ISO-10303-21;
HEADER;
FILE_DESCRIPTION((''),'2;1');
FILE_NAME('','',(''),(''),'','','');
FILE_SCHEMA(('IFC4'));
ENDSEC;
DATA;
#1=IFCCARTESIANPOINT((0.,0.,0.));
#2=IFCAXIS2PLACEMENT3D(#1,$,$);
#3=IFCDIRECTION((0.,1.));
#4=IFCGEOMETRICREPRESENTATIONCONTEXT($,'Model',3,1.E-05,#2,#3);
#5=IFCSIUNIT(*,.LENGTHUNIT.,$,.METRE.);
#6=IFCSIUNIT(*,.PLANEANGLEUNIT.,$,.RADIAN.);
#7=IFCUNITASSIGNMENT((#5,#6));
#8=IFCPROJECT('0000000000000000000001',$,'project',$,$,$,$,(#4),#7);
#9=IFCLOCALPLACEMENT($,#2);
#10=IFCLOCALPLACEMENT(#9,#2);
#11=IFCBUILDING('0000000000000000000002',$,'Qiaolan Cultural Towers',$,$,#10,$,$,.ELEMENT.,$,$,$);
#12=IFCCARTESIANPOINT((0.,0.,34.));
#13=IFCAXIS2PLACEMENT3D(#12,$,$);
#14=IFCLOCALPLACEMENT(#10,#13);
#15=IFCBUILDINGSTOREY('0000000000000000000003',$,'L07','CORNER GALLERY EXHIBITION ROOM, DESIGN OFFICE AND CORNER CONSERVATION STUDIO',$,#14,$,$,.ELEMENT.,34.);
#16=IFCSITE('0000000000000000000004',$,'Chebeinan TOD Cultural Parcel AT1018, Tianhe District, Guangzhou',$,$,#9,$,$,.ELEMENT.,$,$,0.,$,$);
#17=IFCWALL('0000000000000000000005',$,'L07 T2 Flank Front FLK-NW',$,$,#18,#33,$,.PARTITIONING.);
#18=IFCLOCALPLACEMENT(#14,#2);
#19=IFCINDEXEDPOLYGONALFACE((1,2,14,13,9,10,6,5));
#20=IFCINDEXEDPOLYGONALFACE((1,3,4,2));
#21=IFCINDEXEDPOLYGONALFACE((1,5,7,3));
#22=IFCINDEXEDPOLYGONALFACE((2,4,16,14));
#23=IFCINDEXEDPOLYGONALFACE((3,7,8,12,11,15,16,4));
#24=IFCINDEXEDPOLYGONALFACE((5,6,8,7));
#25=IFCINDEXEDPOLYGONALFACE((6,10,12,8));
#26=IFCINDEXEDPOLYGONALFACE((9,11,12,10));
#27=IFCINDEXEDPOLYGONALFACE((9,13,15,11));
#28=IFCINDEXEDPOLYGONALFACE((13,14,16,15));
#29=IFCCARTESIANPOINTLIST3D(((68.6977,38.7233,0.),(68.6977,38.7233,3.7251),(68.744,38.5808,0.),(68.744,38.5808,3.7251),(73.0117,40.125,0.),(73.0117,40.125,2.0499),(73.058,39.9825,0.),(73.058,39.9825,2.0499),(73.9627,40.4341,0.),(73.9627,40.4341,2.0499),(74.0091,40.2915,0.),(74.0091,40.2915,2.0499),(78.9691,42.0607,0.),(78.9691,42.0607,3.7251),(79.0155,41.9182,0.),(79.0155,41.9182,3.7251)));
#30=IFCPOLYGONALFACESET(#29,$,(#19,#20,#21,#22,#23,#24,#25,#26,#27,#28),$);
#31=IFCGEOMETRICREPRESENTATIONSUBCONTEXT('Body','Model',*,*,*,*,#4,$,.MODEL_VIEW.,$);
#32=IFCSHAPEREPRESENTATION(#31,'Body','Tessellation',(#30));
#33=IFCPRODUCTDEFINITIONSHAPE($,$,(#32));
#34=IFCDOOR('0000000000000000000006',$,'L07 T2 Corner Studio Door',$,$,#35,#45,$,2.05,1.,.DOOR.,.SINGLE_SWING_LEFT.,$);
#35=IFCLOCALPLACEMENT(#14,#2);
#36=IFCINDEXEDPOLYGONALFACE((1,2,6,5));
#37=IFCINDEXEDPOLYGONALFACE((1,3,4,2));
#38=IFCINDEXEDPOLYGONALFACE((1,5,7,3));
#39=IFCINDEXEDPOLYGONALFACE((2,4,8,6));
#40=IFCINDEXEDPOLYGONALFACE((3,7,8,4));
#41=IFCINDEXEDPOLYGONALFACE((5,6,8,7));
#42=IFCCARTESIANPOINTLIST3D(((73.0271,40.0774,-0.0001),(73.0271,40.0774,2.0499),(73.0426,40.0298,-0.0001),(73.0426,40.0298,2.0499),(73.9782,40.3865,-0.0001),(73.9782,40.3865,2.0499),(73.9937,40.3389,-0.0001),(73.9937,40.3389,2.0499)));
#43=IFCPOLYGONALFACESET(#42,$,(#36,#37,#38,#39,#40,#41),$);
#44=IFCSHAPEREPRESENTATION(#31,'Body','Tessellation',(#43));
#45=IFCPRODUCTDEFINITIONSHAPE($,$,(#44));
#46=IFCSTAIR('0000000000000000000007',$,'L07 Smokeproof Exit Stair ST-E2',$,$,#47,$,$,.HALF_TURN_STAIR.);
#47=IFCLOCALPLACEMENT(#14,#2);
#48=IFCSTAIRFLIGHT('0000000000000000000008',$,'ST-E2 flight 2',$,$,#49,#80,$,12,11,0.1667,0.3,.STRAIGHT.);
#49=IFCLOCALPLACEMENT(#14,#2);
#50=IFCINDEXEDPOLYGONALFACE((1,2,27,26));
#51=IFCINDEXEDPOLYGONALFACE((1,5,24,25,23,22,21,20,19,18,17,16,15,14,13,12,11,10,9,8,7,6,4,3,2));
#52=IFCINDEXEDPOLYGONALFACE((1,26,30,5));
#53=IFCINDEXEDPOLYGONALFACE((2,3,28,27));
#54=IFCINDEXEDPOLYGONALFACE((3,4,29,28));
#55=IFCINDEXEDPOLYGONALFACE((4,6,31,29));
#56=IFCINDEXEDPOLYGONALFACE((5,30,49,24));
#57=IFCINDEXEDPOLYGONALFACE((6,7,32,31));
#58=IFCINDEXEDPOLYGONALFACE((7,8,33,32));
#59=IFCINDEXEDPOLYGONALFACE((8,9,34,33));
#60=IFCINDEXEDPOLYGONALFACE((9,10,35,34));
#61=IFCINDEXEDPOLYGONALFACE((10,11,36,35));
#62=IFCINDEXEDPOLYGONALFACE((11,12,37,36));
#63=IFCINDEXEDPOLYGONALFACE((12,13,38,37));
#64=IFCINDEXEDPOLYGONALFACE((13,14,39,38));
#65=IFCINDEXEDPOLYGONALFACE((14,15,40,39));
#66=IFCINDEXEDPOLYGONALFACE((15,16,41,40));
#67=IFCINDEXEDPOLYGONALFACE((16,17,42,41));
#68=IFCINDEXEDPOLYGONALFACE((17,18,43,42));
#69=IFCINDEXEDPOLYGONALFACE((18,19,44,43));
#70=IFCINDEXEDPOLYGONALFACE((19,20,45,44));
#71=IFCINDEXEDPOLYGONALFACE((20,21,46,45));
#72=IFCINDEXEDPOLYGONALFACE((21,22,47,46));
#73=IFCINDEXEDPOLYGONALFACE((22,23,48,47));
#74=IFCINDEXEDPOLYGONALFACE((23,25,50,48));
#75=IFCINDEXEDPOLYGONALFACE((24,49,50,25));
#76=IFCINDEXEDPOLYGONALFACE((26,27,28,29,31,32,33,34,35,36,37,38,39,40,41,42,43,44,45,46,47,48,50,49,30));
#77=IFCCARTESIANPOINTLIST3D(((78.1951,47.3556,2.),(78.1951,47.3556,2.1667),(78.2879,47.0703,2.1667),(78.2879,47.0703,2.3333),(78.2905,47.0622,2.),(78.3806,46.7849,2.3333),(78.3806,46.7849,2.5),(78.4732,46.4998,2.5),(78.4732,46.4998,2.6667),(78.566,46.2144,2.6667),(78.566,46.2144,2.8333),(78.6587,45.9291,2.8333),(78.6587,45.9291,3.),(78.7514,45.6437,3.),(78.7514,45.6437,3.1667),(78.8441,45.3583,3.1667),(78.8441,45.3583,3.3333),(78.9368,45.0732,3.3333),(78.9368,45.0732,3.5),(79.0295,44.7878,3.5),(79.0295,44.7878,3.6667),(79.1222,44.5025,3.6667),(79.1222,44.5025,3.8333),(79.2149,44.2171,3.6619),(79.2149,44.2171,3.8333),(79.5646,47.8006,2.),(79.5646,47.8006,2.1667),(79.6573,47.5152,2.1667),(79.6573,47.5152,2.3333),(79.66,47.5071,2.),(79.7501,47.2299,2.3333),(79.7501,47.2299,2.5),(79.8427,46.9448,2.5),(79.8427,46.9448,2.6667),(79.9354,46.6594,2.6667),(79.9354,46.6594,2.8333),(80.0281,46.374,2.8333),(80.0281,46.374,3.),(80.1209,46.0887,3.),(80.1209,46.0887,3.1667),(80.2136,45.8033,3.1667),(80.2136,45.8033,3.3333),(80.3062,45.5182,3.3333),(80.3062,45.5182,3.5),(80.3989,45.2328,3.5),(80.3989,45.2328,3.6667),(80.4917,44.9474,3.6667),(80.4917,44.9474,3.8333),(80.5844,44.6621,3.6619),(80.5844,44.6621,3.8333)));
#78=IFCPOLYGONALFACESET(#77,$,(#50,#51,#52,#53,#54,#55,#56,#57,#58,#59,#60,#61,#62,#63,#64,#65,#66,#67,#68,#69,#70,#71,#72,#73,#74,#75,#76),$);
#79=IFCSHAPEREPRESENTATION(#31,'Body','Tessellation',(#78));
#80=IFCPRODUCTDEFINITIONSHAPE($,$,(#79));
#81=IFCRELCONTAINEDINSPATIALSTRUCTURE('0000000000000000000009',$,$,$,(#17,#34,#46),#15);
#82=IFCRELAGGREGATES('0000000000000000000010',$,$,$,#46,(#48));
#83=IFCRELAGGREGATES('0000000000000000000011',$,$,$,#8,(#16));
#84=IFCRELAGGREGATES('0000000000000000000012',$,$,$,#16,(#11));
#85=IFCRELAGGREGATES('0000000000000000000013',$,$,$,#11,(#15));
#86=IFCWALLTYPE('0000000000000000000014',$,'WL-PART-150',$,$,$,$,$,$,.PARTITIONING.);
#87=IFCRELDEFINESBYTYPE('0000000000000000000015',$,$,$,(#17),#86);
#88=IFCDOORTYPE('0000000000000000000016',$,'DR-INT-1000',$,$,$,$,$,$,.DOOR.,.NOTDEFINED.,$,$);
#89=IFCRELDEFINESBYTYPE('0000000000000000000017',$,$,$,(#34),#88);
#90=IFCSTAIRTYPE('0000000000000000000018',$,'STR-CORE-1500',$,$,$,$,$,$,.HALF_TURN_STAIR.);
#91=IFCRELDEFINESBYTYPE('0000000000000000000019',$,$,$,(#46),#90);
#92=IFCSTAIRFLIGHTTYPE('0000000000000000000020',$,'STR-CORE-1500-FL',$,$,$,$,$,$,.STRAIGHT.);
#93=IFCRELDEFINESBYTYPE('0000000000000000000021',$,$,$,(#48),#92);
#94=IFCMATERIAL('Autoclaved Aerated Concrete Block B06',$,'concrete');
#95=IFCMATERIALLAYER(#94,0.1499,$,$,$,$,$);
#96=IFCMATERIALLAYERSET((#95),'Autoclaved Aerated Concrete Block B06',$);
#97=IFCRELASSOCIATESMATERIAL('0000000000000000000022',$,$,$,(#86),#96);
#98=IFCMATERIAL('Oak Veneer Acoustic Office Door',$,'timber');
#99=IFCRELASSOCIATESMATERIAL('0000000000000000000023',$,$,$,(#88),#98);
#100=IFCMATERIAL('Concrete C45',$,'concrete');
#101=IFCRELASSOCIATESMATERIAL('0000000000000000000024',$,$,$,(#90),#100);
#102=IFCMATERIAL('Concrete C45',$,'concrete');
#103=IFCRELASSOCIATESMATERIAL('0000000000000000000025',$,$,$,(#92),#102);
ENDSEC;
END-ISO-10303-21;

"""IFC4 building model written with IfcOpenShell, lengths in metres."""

from ifc_helpers import new_model, si_unit, direction, frame, frame_2d, origin, place, context, subcontext, project, spatial, polyline, rectangle, outline, extrude, material, layer, layer_set, type_object, element, fill, aggregate, save


model = new_model("IFC4")

# Units and contexts
model_context = context("Model", 3, precision=1e-05, world=origin(), true_north=direction((0.0, 1.0)))
body_context = subcontext(model_context, "Body", "Model", "MODEL_VIEW")
ifc_project = project(units=[si_unit("LENGTHUNIT", "METRE"), si_unit("PLANEANGLEUNIT", "RADIAN")], contexts=[model_context])

# Site, building, storey
site_placement = place(None, origin())
site = spatial("IfcSite", under=ifc_project, at=site_placement, Name="Chebeinan TOD Cultural Parcel AT1018, Tianhe District, Guangzhou", CompositionType="ELEMENT", RefElevation=0.0)
building_placement = place(site_placement, origin())
building = spatial("IfcBuilding", under=site, at=building_placement, Name="Qiaolan Cultural Towers", CompositionType="ELEMENT")
storey_placement = place(building_placement, frame((0.0, 0.0, 34.0)))
storey = spatial("IfcBuildingStorey", under=building, at=storey_placement, Name="L07", Description="CORNER GALLERY EXHIBITION ROOM, DESIGN OFFICE AND CORNER CONSERVATION STUDIO", CompositionType="ELEMENT", Elevation=34.0)

# Shared definitions
ifc_material_1 = material(Name="Autoclaved Aerated Concrete Block B06", Category="concrete")
ifc_layer_1 = layer(ifc_material_1, 0.1499)
ifc_layer_set_1 = layer_set([ifc_layer_1], Name="Autoclaved Aerated Concrete Block B06")
wall_type_1 = type_object("IfcWallType", Name="WL-PART-150", PredefinedType="PARTITIONING", material=ifc_layer_set_1)

# Wall, opening, door
wall_1_placement = place(storey_placement, frame((68.7209, 38.6521, 0.0), z_axis=(0.0, 0.0, 1.0), x_axis=(0.951057, 0.309017, 0.0)))
wall_1 = element("IfcWall", 1, at=wall_1_placement, inside=storey, type_object=wall_type_1, Name="L07 T2 Flank Front FLK-NW", PredefinedType="PARTITIONING", context=body_context, shape_type="SweptSolid", body=[
    extrude(rectangle(XDim=10.8, YDim=0.1499, at=frame_2d((5.3999, 0.0))), origin(), (0.0, 0.0, 1.0), 3.7251),
])
opening_1_placement = place(wall_1_placement, frame((4.5359, 0.0, 0.0)))
opening_1 = element("IfcOpeningElement", 2, at=opening_1_placement, cuts=wall_1, PredefinedType="OPENING", context=body_context, shape_type="SweptSolid", body=[
    extrude(rectangle(XDim=1.0, YDim=2.05, at=frame_2d((0.5, 1.0249))), frame((0.0, 0.085, 0.0), z_axis=(0.0, -1.0, 0.0), x_axis=(1.0, 0.0, 0.0)), (0.0, 0.0, 1.0), 0.1699),
])
ifc_material_2 = material(Name="Oak Veneer Acoustic Office Door", Category="timber")
door_type_1 = type_object("IfcDoorType", Name="DR-INT-1000", OperationType="NOTDEFINED", PredefinedType="DOOR", material=ifc_material_2)
door_1_placement = place(opening_1_placement, origin())
door_1 = element("IfcDoor", 3, at=door_1_placement, inside=storey, type_object=door_type_1, Name="L07 T2 Corner Studio Door", OperationType="SINGLE_SWING_LEFT", OverallHeight=2.05, OverallWidth=1.0, PredefinedType="DOOR", context=body_context, shape_type="SweptSolid", body=[
    extrude(rectangle(XDim=1.0, YDim=2.05, at=frame_2d((0.5, 1.0249))), frame((0.0, 0.0249, 0.0), z_axis=(0.0, -1.0, 0.0), x_axis=(1.0, 0.0, 0.0)), (0.0, 0.0, 1.0), 0.05),
])
fill(opening_1, door_1)

# Stair, stair flight
ifc_material_3 = material(Name="Concrete C45", Category="concrete")
stair_type = type_object("IfcStairType", Name="STR-CORE-1500", PredefinedType="HALF_TURN_STAIR", material=ifc_material_3)
stair_placement = place(storey_placement, origin())
stair = element("IfcStair", 4, at=stair_placement, inside=storey, type_object=stair_type, Name="L07 Smokeproof Exit Stair ST-E2", PredefinedType="HALF_TURN_STAIR")
ifc_material_4 = material(Name="Concrete C45", Category="concrete")
stair_flight_type = type_object("IfcStairFlightType", Name="STR-CORE-1500-FL", PredefinedType="STRAIGHT", material=ifc_material_4)
stair_flight_placement = place(storey_placement, frame((78.8799, 47.5781, 2.0), z_axis=(0.0, 0.0, 1.0), x_axis=(0.309017, -0.951057, 0.0)))
stair_flight = element("IfcStairFlight", 5, at=stair_flight_placement, type_object=stair_flight_type, Name="ST-E2 flight 2", NumberOfRisers=12, NumberOfTreads=11, PredefinedType="STRAIGHT", RiserHeight=0.1667, TreadLength=0.3, context=body_context, shape_type="SweptSolid", body=[
    extrude(outline(polyline([(0.0, 0.0), (0.0, 0.1667), (0.3, 0.1667), (0.3, 0.3333), (0.6001, 0.3333), (0.6001, 0.5), (0.8999, 0.5), (0.8999, 0.6667), (1.2, 0.6667), (1.2, 0.8333), (1.5, 0.8333), (1.5, 1.0), (1.8, 1.0), (1.8, 1.1667), (2.1001, 1.1667), (2.1001, 1.3333), (2.3999, 1.3333), (2.3999, 1.5), (2.7, 1.5), (2.7, 1.6667), (3.0, 1.6667), (3.0, 1.8333), (3.3, 1.8333), (3.3, 2.0), (3.3, 1.6619), (0.3086, 0.0), (0.0, 0.0)])), frame((0.0, 0.72, 0.0), z_axis=(0.0, -1.0, 0.0), x_axis=(1.0, 0.0, 0.0)), (0.0, 0.0, 1.0), 1.4399),
])
aggregate(stair, [stair_flight])

save(model, "model.ifc")
